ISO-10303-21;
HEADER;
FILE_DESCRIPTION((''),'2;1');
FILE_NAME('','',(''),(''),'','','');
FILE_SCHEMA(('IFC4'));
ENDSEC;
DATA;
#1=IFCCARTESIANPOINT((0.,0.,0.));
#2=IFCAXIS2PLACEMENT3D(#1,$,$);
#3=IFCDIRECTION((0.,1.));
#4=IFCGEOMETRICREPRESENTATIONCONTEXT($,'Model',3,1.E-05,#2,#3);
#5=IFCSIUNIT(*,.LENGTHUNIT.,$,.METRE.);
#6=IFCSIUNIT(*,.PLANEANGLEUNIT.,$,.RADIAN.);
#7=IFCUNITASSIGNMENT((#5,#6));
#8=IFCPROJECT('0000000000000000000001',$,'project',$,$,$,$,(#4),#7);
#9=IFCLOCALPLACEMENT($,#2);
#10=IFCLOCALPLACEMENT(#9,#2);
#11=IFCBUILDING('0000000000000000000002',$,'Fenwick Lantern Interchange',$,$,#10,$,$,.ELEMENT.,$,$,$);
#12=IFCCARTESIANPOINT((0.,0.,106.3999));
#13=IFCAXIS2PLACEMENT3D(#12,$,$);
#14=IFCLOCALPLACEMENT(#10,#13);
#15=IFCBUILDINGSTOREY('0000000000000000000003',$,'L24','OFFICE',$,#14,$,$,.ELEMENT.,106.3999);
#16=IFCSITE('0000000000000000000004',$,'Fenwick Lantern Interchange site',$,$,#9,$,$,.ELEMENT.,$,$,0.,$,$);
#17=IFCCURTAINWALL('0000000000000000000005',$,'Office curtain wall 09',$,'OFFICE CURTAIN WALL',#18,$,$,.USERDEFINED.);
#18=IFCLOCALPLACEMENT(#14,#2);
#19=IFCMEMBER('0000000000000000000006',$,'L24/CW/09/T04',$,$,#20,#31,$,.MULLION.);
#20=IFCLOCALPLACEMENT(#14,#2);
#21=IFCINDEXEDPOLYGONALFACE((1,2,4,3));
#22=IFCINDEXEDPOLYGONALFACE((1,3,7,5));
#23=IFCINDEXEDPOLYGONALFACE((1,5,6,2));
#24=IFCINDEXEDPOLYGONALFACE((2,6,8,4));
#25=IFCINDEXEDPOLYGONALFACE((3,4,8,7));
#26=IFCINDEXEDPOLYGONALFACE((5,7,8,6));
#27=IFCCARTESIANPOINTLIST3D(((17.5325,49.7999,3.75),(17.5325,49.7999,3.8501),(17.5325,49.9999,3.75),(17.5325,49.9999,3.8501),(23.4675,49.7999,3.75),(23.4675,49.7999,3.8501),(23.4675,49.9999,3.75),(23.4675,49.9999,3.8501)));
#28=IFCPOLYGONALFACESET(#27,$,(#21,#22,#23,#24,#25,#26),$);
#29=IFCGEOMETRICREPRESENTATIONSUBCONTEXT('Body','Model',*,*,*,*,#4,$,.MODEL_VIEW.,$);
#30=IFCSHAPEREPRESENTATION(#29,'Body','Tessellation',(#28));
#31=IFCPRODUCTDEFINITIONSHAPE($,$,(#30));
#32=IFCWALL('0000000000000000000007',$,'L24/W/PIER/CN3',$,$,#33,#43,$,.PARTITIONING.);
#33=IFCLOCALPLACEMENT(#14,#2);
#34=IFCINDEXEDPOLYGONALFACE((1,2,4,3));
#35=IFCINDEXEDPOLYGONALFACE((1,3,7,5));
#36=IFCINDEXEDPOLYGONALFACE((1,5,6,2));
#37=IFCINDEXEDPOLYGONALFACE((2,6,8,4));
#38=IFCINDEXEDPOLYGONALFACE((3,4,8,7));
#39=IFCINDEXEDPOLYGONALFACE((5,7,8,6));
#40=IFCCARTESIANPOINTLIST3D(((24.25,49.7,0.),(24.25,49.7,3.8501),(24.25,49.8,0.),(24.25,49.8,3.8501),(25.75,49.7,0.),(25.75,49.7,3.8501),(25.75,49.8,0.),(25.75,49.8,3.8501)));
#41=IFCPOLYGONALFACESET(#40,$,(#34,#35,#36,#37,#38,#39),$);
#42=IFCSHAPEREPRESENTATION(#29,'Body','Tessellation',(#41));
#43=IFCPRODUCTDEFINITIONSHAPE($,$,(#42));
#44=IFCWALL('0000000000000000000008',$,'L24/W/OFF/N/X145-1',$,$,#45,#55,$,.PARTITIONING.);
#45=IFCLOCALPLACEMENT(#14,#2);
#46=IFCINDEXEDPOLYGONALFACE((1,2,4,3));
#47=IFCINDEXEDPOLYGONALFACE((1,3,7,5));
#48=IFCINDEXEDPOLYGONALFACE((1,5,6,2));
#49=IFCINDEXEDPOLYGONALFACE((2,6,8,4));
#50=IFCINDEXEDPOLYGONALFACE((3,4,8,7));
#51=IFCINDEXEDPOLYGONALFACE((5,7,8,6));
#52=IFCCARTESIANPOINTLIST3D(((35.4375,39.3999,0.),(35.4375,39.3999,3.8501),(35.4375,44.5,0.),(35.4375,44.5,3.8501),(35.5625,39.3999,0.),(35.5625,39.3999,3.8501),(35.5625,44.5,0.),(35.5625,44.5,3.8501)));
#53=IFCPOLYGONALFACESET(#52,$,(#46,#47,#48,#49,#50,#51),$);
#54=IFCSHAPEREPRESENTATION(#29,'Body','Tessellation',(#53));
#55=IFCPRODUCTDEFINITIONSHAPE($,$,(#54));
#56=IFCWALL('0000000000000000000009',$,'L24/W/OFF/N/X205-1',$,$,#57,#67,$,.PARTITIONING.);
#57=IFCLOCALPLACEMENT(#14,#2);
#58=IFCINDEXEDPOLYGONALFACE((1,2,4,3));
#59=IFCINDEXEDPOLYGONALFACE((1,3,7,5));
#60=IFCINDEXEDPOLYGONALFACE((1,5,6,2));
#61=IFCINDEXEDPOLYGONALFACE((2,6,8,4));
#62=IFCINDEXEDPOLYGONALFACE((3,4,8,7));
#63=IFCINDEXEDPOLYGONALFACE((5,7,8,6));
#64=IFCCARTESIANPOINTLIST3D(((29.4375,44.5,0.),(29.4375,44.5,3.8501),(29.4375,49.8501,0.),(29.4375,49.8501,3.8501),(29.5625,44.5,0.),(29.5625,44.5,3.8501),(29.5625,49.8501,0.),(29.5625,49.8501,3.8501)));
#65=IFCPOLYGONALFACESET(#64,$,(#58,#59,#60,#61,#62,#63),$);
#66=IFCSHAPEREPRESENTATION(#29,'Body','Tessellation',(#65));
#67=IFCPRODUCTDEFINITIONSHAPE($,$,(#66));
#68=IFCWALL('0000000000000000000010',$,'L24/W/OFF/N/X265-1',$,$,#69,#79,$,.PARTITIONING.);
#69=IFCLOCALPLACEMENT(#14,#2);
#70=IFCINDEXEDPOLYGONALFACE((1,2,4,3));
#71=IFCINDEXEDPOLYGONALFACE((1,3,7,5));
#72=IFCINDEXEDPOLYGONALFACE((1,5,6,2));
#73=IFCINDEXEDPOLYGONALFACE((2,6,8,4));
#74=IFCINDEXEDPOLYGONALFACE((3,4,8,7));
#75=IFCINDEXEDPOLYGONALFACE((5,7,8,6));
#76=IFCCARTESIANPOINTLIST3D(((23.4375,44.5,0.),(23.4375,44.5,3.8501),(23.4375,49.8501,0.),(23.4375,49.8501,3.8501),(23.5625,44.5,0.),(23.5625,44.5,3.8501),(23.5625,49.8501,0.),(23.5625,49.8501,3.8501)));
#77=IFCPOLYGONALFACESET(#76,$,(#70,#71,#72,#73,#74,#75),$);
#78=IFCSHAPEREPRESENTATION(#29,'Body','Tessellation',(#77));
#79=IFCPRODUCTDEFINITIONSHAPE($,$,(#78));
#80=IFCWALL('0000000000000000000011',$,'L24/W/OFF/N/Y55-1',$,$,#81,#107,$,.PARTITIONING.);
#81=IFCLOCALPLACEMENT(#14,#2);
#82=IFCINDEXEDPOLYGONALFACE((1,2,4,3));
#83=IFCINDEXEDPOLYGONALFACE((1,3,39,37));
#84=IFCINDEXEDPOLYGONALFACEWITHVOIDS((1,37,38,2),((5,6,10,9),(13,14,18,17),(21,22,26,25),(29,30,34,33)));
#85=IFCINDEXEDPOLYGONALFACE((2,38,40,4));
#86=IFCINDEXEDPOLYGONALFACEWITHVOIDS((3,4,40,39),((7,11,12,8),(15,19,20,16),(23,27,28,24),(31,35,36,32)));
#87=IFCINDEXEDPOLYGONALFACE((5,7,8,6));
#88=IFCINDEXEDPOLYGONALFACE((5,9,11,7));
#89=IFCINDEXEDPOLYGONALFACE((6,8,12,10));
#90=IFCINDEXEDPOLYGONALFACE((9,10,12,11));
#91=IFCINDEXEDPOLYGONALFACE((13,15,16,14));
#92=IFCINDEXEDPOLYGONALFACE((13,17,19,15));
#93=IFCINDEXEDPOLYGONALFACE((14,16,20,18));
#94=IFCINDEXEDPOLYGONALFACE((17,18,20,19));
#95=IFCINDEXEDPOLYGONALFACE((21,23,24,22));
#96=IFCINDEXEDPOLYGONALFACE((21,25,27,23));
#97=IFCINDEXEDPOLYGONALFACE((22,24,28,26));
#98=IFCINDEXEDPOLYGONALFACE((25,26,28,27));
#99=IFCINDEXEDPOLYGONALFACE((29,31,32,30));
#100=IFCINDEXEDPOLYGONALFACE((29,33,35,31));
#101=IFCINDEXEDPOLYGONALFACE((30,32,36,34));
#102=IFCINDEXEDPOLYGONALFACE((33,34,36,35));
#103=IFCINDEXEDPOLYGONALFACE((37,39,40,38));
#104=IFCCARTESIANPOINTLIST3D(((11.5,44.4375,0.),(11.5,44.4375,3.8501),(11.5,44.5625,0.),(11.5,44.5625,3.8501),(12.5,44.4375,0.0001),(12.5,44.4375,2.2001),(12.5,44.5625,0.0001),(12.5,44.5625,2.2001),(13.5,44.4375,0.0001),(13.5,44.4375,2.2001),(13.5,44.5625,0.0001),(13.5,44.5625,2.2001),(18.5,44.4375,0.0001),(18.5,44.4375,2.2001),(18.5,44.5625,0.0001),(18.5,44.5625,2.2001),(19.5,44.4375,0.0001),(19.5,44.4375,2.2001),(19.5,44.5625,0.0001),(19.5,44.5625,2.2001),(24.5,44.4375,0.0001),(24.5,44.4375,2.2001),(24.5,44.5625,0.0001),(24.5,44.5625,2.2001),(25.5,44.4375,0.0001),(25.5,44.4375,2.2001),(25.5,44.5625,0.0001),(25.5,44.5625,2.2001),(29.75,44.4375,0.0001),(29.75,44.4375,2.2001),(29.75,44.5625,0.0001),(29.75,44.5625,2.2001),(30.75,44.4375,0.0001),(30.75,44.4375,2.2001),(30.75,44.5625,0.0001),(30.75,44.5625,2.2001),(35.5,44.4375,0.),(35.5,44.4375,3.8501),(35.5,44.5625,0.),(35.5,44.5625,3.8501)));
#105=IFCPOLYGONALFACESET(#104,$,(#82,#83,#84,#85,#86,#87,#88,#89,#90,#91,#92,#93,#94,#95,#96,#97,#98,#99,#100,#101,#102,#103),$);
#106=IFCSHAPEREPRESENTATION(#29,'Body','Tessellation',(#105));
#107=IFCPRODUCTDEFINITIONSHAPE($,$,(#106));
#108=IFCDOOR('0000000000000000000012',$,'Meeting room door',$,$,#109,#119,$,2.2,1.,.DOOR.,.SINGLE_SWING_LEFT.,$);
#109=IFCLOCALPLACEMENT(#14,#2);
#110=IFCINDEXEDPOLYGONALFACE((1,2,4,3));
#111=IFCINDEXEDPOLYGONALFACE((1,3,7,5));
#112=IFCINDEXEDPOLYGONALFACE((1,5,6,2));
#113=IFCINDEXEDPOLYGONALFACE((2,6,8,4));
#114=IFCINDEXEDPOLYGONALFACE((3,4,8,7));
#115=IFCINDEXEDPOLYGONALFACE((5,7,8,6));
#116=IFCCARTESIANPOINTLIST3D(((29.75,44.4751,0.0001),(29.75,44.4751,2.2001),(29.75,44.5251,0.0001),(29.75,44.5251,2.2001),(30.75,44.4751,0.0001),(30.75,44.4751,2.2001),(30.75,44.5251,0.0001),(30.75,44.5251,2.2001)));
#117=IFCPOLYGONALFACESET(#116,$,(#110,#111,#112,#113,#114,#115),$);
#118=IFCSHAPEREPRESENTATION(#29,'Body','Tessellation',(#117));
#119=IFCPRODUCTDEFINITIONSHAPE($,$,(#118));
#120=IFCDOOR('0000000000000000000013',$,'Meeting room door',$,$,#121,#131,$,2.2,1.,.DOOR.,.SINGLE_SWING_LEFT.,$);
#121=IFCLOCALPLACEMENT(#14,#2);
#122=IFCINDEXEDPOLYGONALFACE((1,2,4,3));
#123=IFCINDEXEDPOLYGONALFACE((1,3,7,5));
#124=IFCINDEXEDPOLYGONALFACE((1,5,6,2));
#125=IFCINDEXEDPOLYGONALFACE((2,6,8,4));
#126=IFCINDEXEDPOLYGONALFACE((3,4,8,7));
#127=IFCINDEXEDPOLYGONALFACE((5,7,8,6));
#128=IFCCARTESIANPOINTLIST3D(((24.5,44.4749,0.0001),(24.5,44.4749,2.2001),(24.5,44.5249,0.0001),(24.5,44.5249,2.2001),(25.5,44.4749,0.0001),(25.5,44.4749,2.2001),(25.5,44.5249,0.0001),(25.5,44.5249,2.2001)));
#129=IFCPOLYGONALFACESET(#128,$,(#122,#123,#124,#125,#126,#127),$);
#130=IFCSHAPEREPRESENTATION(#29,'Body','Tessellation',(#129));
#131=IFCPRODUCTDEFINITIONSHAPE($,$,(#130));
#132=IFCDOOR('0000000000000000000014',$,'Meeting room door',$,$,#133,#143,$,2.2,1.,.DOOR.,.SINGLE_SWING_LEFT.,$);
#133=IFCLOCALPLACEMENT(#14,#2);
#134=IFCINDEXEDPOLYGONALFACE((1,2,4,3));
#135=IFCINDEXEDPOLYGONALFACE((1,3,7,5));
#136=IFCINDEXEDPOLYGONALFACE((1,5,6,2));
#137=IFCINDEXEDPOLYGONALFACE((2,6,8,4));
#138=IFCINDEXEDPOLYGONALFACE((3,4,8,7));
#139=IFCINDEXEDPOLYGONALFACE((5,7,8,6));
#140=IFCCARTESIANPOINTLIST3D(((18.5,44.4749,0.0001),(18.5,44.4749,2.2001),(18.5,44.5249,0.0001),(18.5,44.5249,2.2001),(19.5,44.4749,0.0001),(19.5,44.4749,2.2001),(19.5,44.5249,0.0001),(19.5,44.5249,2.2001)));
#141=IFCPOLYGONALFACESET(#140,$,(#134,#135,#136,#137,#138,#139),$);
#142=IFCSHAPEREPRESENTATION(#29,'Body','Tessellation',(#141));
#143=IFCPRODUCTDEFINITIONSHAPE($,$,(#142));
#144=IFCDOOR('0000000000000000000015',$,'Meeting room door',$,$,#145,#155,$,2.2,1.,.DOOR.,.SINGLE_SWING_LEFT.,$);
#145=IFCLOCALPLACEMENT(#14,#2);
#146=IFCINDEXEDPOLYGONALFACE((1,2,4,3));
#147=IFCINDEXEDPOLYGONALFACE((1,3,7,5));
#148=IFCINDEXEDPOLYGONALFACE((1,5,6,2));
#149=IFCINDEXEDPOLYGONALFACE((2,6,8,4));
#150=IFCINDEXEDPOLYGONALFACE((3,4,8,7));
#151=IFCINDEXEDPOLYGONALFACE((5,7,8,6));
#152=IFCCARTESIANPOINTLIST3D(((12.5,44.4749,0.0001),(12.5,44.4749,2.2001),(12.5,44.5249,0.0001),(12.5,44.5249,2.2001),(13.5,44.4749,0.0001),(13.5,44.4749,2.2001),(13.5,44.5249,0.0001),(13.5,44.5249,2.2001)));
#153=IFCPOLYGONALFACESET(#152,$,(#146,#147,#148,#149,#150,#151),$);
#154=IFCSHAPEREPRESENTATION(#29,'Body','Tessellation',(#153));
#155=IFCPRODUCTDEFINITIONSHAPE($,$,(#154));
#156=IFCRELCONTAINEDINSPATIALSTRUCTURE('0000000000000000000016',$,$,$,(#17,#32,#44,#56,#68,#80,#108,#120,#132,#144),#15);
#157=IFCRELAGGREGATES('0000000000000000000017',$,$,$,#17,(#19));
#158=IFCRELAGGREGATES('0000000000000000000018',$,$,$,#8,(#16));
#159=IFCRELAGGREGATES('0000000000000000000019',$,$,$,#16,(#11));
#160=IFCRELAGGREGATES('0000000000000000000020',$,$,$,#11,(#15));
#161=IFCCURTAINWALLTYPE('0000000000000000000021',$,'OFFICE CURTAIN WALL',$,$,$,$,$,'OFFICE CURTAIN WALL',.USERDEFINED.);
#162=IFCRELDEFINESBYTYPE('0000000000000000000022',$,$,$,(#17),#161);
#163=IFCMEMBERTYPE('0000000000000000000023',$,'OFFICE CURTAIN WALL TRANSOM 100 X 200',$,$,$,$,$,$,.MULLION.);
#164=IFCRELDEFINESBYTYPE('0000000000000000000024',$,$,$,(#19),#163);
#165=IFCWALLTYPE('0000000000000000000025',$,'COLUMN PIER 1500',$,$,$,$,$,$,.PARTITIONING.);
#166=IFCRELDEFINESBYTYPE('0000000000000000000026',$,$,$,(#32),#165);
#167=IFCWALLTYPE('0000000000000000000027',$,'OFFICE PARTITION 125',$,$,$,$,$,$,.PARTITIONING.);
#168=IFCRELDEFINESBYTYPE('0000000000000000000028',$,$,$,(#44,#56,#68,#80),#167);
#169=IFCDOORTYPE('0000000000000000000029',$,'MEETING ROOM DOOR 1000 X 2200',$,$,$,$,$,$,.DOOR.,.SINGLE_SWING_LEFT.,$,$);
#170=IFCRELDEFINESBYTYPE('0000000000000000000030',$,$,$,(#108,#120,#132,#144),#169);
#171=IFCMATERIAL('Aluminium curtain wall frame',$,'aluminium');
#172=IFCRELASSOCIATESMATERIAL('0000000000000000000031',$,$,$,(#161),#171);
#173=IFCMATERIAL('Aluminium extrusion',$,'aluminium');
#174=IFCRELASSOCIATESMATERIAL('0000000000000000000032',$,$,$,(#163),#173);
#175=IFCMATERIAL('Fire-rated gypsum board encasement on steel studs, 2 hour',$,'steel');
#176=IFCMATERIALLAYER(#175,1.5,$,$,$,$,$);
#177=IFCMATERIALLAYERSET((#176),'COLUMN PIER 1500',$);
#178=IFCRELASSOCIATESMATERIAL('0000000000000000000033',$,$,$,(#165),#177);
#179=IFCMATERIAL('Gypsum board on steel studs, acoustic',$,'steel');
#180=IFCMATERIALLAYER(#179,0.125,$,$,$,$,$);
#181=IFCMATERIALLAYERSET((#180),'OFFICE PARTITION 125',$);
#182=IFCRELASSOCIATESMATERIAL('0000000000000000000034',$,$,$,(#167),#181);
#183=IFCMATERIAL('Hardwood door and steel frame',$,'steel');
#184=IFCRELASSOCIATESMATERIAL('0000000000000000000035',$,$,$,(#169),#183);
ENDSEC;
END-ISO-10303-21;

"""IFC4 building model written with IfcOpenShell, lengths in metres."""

from ifc_helpers import new_model, si_unit, direction, frame, frame_2d, origin, origin_2d, place, context, subcontext, project, spatial, rectangle, extrude, material, layer, layer_set, material_profile, profile_set, type_object, element, fill, aggregate, save


model = new_model("IFC4")

# Units and contexts
model_context = context("Model", 3, precision=1e-05, world=origin(), true_north=direction((0.0, 1.0)))
body_context = subcontext(model_context, "Body", "Model", "MODEL_VIEW")
ifc_project = project(units=[si_unit("LENGTHUNIT", "METRE"), si_unit("PLANEANGLEUNIT", "RADIAN")], contexts=[model_context])

# Site, building, storey
site_placement = place(None, origin())
site = spatial("IfcSite", under=ifc_project, at=site_placement, Name="Fenwick Lantern Interchange site", CompositionType="ELEMENT", RefElevation=0.0)
building_placement = place(site_placement, origin())
building = spatial("IfcBuilding", under=site, at=building_placement, Name="Fenwick Lantern Interchange", CompositionType="ELEMENT")
storey_placement = place(building_placement, frame((0.0, 0.0, 106.3999)))
storey = spatial("IfcBuildingStorey", under=building, at=storey_placement, Name="L24", Description="OFFICE", CompositionType="ELEMENT", Elevation=106.3999)

# Curtain wall, member
ifc_material_1 = material(Name="Aluminium curtain wall frame", Category="aluminium")
curtain_wall_type = type_object("IfcCurtainWallType", Name="OFFICE CURTAIN WALL", ElementType="OFFICE CURTAIN WALL", PredefinedType="USERDEFINED", material=ifc_material_1)
curtain_wall_placement = place(storey_placement, origin())
curtain_wall = element("IfcCurtainWall", 1, at=curtain_wall_placement, inside=storey, type_object=curtain_wall_type, Name="Office curtain wall 09", ObjectType="OFFICE CURTAIN WALL", PredefinedType="USERDEFINED")
ifc_material_2 = material(Name="Aluminium extrusion", Category="aluminium")
ifc_material_profile_1 = material_profile(ifc_material_2, rectangle(XDim=0.2, YDim=0.1001, at=origin_2d()), Name="OFFICE CURTAIN WALL TRANSOM 100 X 200")
ifc_profile_set_1 = profile_set([ifc_material_profile_1], Name="Aluminium extrusion")
member_type_1 = type_object("IfcMemberType", Name="OFFICE CURTAIN WALL TRANSOM 100 X 200", PredefinedType="MULLION", material=ifc_profile_set_1)
member_1_placement = place(storey_placement, frame((23.4675, 49.8999, 3.8), z_axis=(-1.0, 0.0, 0.0), x_axis=(0.0, -1.0, 0.0)))
member_1 = element("IfcMember", 2, at=member_1_placement, type_object=member_type_1, Name="L24/CW/09/T04", PredefinedType="MULLION", context=body_context, shape_type="SweptSolid", body=[
    extrude(rectangle(XDim=0.2, YDim=0.1001, at=origin_2d()), origin(), (0.0, 0.0, 1.0), 5.9351),
])
aggregate(curtain_wall, [member_1])

# Walls
ifc_material_3 = material(Name="Fire-rated gypsum board encasement on steel studs, 2 hour", Category="steel")
ifc_layer_1 = layer(ifc_material_3, 1.5)
ifc_layer_set_1 = layer_set([ifc_layer_1], Name="COLUMN PIER 1500")
wall_type_1 = type_object("IfcWallType", Name="COLUMN PIER 1500", PredefinedType="PARTITIONING", material=ifc_layer_set_1)
wall_1_placement = place(storey_placement, frame((25.0, 49.8, 0.0), z_axis=(0.0, 0.0, 1.0), x_axis=(0.0, -1.0, 0.0)))
element("IfcWall", 3, at=wall_1_placement, inside=storey, type_object=wall_type_1, Name="L24/W/PIER/CN3", PredefinedType="PARTITIONING", context=body_context, shape_type="SweptSolid", body=[
    extrude(rectangle(XDim=0.1001, YDim=1.5, at=frame_2d((0.05, 0.0))), origin(), (0.0, 0.0, 1.0), 3.8501),
])
ifc_material_4 = material(Name="Gypsum board on steel studs, acoustic", Category="steel")
ifc_layer_2 = layer(ifc_material_4, 0.125)
ifc_layer_set_2 = layer_set([ifc_layer_2], Name="OFFICE PARTITION 125")
wall_type_2 = type_object("IfcWallType", Name="OFFICE PARTITION 125", PredefinedType="PARTITIONING", material=ifc_layer_set_2)
wall_2_placement = place(storey_placement, frame((35.5, 44.5, 0.0), z_axis=(0.0, 0.0, 1.0), x_axis=(0.0, -1.0, 0.0)))
element("IfcWall", 4, at=wall_2_placement, inside=storey, type_object=wall_type_2, Name="L24/W/OFF/N/X145-1", PredefinedType="PARTITIONING", context=body_context, shape_type="SweptSolid", body=[
    extrude(rectangle(XDim=5.1001, YDim=0.125, at=frame_2d((2.55, 0.0))), origin(), (0.0, 0.0, 1.0), 3.8501),
])
for number, where, z_axis, x_axis, name in (
    (5, (29.5, 49.8501, 0.0), (0.0, 0.0, 1.0), (0.0, -1.0, 0.0), "L24/W/OFF/N/X205-1"),
    (6, (23.5, 49.8501, 0.0), (0.0, 0.0, 1.0), (0.0, -1.0, 0.0), "L24/W/OFF/N/X265-1"),
):
    element("IfcWall", number, at=place(storey_placement, frame(where, z_axis=z_axis, x_axis=x_axis)), inside=storey, type_object=wall_type_2, Name=name, PredefinedType="PARTITIONING", context=body_context, shape_type="SweptSolid", body=[
        extrude(rectangle(XDim=5.3501, YDim=0.125, at=frame_2d((2.675, 0.0))), origin(), (0.0, 0.0, 1.0), 3.8501),
    ])

# Wall, openings, doors
wall_3_placement = place(storey_placement, frame((35.5, 44.5, 0.0), z_axis=(0.0, 0.0, 1.0), x_axis=(-1.0, 0.0, 0.0)))
wall_3 = element("IfcWall", 7, at=wall_3_placement, inside=storey, type_object=wall_type_2, Name="L24/W/OFF/N/Y55-1", PredefinedType="PARTITIONING", context=body_context, shape_type="SweptSolid", body=[
    extrude(rectangle(XDim=24.0, YDim=0.125, at=frame_2d((12.0, 0.0))), origin(), (0.0, 0.0, 1.0), 3.8501),
])
opening_1_placement = place(wall_3_placement, frame((4.75, 0.0, 0.0)))
opening_1 = element("IfcOpeningElement", 8, at=opening_1_placement, cuts=wall_3, PredefinedType="OPENING", context=body_context, shape_type="SweptSolid", body=[
    extrude(rectangle(XDim=1.0, YDim=2.2, at=frame_2d((0.5, 1.1001))), frame((0.0, 0.0725, 0.0), z_axis=(0.0, -1.0, 0.0), x_axis=(1.0, 0.0, 0.0)), (0.0, 0.0, 1.0), 0.145),
])
opening_2_placement = place(wall_3_placement, frame((10.0, 0.0, 0.0)))
opening_2 = element("IfcOpeningElement", 9, at=opening_2_placement, cuts=wall_3, PredefinedType="OPENING", context=body_context, shape_type="SweptSolid", body=[
    extrude(rectangle(XDim=1.0, YDim=2.2, at=frame_2d((0.5, 1.1001))), frame((0.0, 0.0725, 0.0), z_axis=(0.0, -1.0, 0.0), x_axis=(1.0, 0.0, 0.0)), (0.0, 0.0, 1.0), 0.145),
])
opening_3_placement = place(wall_3_placement, frame((16.0, 0.0, 0.0)))
opening_3 = element("IfcOpeningElement", 10, at=opening_3_placement, cuts=wall_3, PredefinedType="OPENING", context=body_context, shape_type="SweptSolid", body=[
    extrude(rectangle(XDim=1.0, YDim=2.2, at=frame_2d((0.5, 1.1001))), frame((0.0, 0.0725, 0.0), z_axis=(0.0, -1.0, 0.0), x_axis=(1.0, 0.0, 0.0)), (0.0, 0.0, 1.0), 0.145),
])
opening_4_placement = place(wall_3_placement, frame((22.0, 0.0, 0.0)))
opening_4 = element("IfcOpeningElement", 11, at=opening_4_placement, cuts=wall_3, PredefinedType="OPENING", context=body_context, shape_type="SweptSolid", body=[
    extrude(rectangle(XDim=1.0, YDim=2.2, at=frame_2d((0.5, 1.1001))), frame((0.0, 0.0725, 0.0), z_axis=(0.0, -1.0, 0.0), x_axis=(1.0, 0.0, 0.0)), (0.0, 0.0, 1.0), 0.145),
])
ifc_material_5 = material(Name="Hardwood door and steel frame", Category="steel")
door_type = type_object("IfcDoorType", Name="MEETING ROOM DOOR 1000 X 2200", OperationType="SINGLE_SWING_LEFT", PredefinedType="DOOR", material=ifc_material_5)
door_1_placement = place(opening_1_placement, origin())
door_1 = element("IfcDoor", 12, at=door_1_placement, inside=storey, type_object=door_type, Name="Meeting room door", OperationType="SINGLE_SWING_LEFT", OverallHeight=2.2, OverallWidth=1.0, PredefinedType="DOOR", context=body_context, shape_type="SweptSolid", body=[
    extrude(rectangle(XDim=1.0, YDim=2.2, at=frame_2d((0.5, 1.1001))), frame((0.0, 0.0249, 0.0), z_axis=(0.0, -1.0, 0.0), x_axis=(1.0, 0.0, 0.0)), (0.0, 0.0, 1.0), 0.05),
])
fill(opening_1, door_1)
door_2_placement = place(opening_2_placement, frame((1.0, 0.0, 0.0), z_axis=(0.0, 0.0, 1.0), x_axis=(-1.0, 0.0, 0.0)))
door_2 = element("IfcDoor", 13, at=door_2_placement, inside=storey, type_object=door_type, Name="Meeting room door", OperationType="SINGLE_SWING_LEFT", OverallHeight=2.2, OverallWidth=1.0, PredefinedType="DOOR", context=body_context, shape_type="SweptSolid", body=[
    extrude(rectangle(XDim=1.0, YDim=2.2, at=frame_2d((0.5, 1.1001))), frame((0.0, 0.0249, 0.0), z_axis=(0.0, -1.0, 0.0), x_axis=(1.0, 0.0, 0.0)), (0.0, 0.0, 1.0), 0.05),
])
fill(opening_2, door_2)
door_3_placement = place(opening_3_placement, frame((1.0, 0.0, 0.0), z_axis=(0.0, 0.0, 1.0), x_axis=(-1.0, 0.0, 0.0)))
door_3 = element("IfcDoor", 14, at=door_3_placement, inside=storey, type_object=door_type, Name="Meeting room door", OperationType="SINGLE_SWING_LEFT", OverallHeight=2.2, OverallWidth=1.0, PredefinedType="DOOR", context=body_context, shape_type="SweptSolid", body=[
    extrude(rectangle(XDim=1.0, YDim=2.2, at=frame_2d((0.5, 1.1001))), frame((0.0, 0.0249, 0.0), z_axis=(0.0, -1.0, 0.0), x_axis=(1.0, 0.0, 0.0)), (0.0, 0.0, 1.0), 0.05),
])
fill(opening_3, door_3)
door_4_placement = place(opening_4_placement, frame((1.0, 0.0, 0.0), z_axis=(0.0, 0.0, 1.0), x_axis=(-1.0, 0.0, 0.0)))
door_4 = element("IfcDoor", 15, at=door_4_placement, inside=storey, type_object=door_type, Name="Meeting room door", OperationType="SINGLE_SWING_LEFT", OverallHeight=2.2, OverallWidth=1.0, PredefinedType="DOOR", context=body_context, shape_type="SweptSolid", body=[
    extrude(rectangle(XDim=1.0, YDim=2.2, at=frame_2d((0.5, 1.1001))), frame((0.0, 0.0249, 0.0), z_axis=(0.0, -1.0, 0.0), x_axis=(1.0, 0.0, 0.0)), (0.0, 0.0, 1.0), 0.05),
])
fill(opening_4, door_4)

save(model, "model.ifc")
